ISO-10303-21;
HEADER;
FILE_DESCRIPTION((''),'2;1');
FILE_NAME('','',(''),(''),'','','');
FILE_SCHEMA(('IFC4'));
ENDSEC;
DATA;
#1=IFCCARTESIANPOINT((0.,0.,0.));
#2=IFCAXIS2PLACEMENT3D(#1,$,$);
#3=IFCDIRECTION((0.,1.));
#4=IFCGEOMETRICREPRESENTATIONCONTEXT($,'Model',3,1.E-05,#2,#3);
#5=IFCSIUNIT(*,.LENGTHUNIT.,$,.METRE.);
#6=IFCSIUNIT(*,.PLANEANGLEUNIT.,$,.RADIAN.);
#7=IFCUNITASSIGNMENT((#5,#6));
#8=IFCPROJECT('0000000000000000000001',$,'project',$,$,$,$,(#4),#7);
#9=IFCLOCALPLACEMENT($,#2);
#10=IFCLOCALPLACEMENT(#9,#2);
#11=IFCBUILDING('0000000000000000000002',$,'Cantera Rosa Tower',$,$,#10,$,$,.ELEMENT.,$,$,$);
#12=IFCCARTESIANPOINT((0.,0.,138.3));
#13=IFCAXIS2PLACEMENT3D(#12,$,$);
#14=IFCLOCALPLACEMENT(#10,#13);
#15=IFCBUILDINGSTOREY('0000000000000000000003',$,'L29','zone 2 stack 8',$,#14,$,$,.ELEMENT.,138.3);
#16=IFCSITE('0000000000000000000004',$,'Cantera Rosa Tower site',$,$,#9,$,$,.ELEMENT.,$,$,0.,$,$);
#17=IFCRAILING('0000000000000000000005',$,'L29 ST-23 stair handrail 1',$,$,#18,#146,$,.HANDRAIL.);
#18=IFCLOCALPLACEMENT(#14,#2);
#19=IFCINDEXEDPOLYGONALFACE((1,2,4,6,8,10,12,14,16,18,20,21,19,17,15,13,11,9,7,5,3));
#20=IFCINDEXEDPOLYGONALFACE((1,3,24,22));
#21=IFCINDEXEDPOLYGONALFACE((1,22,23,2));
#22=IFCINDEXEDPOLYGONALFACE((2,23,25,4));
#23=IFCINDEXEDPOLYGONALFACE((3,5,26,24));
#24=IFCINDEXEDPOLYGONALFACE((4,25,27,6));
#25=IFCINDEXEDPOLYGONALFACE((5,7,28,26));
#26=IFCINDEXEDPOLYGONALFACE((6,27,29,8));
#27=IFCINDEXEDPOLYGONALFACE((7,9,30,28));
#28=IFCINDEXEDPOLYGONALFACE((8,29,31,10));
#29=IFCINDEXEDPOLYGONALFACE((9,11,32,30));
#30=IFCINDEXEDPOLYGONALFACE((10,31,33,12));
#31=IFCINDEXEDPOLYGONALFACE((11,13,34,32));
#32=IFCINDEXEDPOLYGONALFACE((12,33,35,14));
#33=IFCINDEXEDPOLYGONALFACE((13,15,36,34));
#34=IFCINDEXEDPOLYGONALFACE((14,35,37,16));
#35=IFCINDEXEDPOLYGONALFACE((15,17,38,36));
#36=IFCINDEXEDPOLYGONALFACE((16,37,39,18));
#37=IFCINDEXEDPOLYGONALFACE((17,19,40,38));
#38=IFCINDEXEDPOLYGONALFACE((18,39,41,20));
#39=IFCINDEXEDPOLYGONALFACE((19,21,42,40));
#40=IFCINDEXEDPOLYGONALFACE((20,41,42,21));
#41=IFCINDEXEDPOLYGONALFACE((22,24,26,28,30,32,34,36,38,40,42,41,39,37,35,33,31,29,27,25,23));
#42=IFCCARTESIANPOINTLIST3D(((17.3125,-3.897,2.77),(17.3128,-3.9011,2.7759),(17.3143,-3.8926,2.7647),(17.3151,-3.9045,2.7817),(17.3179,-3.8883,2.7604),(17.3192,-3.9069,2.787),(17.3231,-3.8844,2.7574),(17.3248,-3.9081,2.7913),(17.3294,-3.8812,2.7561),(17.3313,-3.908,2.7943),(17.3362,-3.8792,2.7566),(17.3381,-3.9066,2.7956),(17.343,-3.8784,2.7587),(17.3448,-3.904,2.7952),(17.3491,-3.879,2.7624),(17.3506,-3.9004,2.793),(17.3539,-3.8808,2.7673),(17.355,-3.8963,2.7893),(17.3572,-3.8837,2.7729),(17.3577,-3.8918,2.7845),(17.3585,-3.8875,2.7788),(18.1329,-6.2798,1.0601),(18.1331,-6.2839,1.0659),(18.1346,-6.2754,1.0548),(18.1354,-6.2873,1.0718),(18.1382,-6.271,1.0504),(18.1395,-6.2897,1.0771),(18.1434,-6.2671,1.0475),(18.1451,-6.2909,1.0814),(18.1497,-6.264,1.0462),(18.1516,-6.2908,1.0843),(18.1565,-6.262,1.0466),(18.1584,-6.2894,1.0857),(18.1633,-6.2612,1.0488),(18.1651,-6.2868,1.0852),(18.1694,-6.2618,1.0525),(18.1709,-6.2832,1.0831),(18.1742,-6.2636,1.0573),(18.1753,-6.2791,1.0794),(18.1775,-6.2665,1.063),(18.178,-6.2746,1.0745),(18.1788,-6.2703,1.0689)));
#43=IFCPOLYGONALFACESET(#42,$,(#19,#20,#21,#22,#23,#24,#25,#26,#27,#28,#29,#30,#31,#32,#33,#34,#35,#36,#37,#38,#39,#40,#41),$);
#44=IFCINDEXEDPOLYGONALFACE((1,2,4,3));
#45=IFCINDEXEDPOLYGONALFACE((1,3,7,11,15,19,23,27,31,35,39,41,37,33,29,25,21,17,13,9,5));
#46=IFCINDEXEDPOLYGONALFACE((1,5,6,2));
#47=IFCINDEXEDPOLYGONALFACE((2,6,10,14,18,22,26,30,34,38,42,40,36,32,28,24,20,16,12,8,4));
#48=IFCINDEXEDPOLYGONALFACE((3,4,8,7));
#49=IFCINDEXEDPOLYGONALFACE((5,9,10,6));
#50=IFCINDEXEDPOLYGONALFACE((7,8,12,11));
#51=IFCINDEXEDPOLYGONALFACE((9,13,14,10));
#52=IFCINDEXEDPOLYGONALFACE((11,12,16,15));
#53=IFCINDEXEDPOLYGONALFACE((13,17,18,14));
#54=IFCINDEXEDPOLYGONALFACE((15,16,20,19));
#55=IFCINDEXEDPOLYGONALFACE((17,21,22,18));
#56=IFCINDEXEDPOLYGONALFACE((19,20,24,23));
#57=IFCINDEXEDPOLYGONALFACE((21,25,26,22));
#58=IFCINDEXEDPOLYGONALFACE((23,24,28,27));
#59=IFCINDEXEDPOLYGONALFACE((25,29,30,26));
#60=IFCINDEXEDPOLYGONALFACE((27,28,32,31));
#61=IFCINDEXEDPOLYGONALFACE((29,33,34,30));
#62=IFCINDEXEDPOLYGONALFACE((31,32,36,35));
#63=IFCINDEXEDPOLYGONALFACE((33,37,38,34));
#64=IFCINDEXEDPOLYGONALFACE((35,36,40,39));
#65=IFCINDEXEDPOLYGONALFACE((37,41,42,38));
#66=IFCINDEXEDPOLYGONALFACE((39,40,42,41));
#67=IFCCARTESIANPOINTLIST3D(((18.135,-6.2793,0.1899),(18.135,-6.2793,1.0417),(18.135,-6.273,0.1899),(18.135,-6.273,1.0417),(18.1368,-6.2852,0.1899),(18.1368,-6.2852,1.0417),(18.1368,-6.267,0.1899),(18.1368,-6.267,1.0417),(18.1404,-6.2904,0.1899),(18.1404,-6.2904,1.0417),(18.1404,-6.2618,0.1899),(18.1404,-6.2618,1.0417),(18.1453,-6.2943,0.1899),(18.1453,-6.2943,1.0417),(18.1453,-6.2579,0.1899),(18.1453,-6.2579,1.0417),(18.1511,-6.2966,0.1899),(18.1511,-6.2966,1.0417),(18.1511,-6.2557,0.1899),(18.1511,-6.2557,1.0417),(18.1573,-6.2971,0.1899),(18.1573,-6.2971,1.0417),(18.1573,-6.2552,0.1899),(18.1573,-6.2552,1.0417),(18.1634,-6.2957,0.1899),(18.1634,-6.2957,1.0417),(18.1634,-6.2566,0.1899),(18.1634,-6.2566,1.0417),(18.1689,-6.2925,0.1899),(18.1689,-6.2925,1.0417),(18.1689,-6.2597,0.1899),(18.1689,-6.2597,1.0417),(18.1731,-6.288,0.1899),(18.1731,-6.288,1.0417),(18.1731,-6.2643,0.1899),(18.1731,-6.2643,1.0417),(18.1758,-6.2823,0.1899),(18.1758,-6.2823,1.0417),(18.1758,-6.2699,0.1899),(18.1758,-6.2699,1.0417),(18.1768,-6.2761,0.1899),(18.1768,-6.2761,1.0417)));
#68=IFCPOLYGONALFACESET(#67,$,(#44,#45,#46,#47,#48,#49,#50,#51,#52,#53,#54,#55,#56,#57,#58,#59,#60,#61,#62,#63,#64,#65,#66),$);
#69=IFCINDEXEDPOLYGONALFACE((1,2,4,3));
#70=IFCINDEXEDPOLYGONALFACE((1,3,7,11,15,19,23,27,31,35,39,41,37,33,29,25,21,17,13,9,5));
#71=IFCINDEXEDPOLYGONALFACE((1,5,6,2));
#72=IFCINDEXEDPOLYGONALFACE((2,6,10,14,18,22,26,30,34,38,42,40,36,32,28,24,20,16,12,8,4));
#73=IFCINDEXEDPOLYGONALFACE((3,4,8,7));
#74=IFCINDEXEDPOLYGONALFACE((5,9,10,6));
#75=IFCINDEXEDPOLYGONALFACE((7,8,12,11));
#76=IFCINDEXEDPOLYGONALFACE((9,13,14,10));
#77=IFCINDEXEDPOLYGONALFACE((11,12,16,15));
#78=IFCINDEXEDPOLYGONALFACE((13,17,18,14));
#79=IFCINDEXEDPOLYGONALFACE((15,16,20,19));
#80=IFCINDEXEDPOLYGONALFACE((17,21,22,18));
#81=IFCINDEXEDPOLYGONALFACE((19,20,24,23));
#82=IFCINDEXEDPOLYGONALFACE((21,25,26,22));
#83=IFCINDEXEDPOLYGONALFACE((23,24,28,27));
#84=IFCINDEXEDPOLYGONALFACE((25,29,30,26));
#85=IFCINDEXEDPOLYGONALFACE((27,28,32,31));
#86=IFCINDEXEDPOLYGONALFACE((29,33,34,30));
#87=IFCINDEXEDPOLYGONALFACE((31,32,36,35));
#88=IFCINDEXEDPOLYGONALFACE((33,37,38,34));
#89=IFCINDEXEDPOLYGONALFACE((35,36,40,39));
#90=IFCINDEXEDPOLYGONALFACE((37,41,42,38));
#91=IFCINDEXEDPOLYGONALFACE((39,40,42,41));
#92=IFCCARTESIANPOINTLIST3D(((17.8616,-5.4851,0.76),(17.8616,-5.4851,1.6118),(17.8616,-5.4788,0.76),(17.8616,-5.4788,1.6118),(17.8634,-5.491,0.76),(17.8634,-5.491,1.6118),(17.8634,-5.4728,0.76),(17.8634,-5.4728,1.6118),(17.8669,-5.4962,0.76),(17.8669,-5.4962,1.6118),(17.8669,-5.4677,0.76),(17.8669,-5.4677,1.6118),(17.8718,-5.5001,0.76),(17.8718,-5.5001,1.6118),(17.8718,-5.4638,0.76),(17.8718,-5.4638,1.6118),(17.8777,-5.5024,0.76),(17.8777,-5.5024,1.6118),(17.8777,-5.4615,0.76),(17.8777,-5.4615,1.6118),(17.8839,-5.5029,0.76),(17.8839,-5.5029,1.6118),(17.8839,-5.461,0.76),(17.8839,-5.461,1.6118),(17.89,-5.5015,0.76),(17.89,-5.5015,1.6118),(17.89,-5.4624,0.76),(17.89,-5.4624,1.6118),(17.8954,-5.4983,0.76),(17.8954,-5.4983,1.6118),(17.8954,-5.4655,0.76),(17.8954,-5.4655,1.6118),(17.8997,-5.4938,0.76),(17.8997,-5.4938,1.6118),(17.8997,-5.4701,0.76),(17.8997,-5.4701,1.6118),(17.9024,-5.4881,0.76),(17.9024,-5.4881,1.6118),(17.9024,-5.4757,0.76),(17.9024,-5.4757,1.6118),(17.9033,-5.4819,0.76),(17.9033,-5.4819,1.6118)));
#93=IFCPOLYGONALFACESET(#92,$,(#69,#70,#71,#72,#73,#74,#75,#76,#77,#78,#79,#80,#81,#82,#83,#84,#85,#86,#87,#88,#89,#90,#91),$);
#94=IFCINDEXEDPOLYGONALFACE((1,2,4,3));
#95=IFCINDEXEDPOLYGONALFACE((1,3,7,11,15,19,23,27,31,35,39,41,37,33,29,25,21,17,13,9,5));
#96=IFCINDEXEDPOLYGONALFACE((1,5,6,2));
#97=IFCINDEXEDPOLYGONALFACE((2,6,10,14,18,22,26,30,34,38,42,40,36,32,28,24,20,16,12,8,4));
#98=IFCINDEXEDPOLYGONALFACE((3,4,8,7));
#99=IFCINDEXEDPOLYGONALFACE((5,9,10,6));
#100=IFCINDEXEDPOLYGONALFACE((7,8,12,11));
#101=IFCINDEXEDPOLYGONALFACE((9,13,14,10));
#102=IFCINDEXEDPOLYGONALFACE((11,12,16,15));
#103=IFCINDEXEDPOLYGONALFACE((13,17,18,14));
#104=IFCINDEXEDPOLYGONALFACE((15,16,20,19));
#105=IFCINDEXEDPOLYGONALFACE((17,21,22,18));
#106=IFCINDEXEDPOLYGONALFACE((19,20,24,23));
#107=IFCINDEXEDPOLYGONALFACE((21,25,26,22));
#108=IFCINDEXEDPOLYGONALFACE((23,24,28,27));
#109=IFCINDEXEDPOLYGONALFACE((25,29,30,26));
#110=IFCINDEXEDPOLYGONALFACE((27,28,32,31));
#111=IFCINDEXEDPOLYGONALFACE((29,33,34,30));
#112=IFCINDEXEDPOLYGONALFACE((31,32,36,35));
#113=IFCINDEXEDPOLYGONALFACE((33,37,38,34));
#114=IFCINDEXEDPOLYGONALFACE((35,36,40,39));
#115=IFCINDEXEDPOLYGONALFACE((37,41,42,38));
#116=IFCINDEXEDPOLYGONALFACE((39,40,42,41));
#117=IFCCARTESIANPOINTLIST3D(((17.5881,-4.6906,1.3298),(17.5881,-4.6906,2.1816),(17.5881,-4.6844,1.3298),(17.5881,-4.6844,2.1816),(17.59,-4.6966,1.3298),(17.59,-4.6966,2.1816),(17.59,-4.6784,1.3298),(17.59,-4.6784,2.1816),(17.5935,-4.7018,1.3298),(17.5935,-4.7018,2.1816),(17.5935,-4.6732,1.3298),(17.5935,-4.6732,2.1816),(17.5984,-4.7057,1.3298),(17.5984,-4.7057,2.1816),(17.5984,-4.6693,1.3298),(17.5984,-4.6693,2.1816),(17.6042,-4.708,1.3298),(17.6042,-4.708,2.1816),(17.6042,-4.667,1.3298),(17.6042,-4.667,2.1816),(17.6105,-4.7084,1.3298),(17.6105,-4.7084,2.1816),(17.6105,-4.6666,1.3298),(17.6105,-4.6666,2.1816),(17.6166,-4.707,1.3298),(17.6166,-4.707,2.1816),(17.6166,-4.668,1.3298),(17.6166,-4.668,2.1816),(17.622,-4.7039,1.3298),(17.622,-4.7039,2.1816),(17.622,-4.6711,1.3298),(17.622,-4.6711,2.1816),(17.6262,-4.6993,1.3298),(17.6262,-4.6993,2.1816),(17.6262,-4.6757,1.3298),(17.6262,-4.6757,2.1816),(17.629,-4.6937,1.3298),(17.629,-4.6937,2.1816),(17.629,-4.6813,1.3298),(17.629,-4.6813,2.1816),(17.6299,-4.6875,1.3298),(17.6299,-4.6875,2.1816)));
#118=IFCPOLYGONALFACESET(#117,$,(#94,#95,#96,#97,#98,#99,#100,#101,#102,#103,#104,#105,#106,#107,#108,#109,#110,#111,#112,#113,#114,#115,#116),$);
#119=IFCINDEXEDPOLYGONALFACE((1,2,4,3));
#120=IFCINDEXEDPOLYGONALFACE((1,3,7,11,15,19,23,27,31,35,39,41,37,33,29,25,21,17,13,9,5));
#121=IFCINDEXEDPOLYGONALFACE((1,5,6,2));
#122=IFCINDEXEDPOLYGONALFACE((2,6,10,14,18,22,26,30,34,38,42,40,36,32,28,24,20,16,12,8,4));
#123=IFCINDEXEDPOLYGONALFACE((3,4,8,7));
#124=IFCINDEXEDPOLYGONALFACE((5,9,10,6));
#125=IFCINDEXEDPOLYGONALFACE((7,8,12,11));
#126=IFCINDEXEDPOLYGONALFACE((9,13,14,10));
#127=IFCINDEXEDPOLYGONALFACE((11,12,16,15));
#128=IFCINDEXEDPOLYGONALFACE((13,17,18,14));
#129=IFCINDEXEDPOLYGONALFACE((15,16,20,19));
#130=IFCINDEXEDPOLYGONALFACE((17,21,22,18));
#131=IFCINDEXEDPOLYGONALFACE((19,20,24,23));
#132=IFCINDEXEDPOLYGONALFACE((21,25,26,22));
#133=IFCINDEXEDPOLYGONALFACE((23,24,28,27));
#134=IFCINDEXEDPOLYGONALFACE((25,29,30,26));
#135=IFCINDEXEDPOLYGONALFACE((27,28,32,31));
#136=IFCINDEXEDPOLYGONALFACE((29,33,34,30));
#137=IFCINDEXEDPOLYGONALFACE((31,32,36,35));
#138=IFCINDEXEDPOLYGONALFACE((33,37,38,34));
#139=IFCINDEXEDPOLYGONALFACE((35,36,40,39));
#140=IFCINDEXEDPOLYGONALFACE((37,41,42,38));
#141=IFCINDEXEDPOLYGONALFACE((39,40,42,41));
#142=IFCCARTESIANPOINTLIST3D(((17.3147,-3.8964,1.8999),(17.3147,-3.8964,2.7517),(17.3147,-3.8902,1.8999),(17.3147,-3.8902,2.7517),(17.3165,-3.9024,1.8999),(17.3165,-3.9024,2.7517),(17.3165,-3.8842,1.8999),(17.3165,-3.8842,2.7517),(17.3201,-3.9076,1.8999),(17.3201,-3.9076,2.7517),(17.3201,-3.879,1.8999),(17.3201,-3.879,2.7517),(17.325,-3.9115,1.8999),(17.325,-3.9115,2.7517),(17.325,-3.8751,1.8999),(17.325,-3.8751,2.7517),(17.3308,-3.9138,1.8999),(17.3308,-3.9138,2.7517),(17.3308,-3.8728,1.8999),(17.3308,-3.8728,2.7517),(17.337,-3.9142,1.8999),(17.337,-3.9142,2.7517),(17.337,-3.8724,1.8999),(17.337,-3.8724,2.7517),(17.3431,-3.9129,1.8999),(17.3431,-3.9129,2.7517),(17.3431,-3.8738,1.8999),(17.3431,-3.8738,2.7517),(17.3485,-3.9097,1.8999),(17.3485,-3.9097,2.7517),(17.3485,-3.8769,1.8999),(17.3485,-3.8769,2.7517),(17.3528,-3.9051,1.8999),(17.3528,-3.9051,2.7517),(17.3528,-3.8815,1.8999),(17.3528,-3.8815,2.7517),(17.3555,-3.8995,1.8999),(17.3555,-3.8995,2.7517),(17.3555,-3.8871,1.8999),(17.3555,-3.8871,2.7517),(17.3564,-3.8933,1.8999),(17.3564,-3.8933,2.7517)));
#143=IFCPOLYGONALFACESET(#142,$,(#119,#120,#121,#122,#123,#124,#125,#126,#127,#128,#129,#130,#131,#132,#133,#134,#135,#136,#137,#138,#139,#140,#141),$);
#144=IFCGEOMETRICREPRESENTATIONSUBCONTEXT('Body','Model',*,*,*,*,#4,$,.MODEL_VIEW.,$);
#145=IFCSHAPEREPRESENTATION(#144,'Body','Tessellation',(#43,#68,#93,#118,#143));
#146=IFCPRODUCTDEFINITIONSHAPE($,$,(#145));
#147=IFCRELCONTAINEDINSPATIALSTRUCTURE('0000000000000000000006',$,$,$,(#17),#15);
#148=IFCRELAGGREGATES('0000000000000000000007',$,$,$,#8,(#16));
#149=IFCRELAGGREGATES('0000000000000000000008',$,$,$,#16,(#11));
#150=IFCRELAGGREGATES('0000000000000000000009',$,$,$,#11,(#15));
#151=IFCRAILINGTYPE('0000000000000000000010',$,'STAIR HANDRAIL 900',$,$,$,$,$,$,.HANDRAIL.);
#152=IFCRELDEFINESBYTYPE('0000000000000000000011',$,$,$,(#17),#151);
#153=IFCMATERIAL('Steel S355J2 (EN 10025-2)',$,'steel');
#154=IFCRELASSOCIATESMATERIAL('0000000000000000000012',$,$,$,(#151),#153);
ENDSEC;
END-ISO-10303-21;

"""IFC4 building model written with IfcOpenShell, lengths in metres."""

from ifc_helpers import new_model, si_unit, direction, frame, origin, origin_2d, place, context, subcontext, project, spatial, circle, extrude, material, type_object, element, save


model = new_model("IFC4")

# Units and contexts
model_context = context("Model", 3, precision=1e-05, world=origin(), true_north=direction((0.0, 1.0)))
body_context = subcontext(model_context, "Body", "Model", "MODEL_VIEW")
ifc_project = project(units=[si_unit("LENGTHUNIT", "METRE"), si_unit("PLANEANGLEUNIT", "RADIAN")], contexts=[model_context])

# Site, building, storey
site_placement = place(None, origin())
site = spatial("IfcSite", under=ifc_project, at=site_placement, Name="Cantera Rosa Tower site", CompositionType="ELEMENT", RefElevation=0.0)
building_placement = place(site_placement, origin())
building = spatial("IfcBuilding", under=site, at=building_placement, Name="Cantera Rosa Tower", CompositionType="ELEMENT")
storey_placement = place(building_placement, frame((0.0, 0.0, 138.3)))
storey = spatial("IfcBuildingStorey", under=building, at=storey_placement, Name="L29", Description="zone 2 stack 8", CompositionType="ELEMENT", Elevation=138.3)

# Railing
ifc_material_1 = material(Name="Steel S355J2 (EN 10025-2)", Category="steel")
railing_type_1 = type_object("IfcRailingType", Name="STAIR HANDRAIL 900", PredefinedType="HANDRAIL", material=ifc_material_1)
railing_1_placement = place(storey_placement, frame((18.1558, -6.2761, 0.1899)))
element("IfcRailing", 1, at=railing_1_placement, inside=storey, type_object=railing_type_1, Name="L29 ST-23 stair handrail 1", PredefinedType="HANDRAIL", context=body_context, shape_type="SweptSolid", body=[
    extrude(circle(Radius=0.0239, at=origin_2d()), frame((0.0, 0.0, 0.876), z_axis=(-0.269358, 0.782421, 0.561483), x_axis=(-0.945538, -0.325513, 0.0)), (0.0, 0.0, 1.0), 3.0454),
    extrude(circle(Radius=0.021, at=origin_2d()), origin(), (0.0, 0.0, 1.0), 0.8518),
    extrude(circle(Radius=0.021, at=origin_2d()), frame((-0.2734, 0.7942, 0.5701)), (0.0, 0.0, 1.0), 0.8518),
    extrude(circle(Radius=0.021, at=origin_2d()), frame((-0.5469, 1.5886, 1.1399)), (0.0, 0.0, 1.0), 0.8518),
    extrude(circle(Radius=0.021, at=origin_2d()), frame((-0.8203, 2.3828, 1.71)), (0.0, 0.0, 1.0), 0.8518),
])

save(model, "model.ifc")
